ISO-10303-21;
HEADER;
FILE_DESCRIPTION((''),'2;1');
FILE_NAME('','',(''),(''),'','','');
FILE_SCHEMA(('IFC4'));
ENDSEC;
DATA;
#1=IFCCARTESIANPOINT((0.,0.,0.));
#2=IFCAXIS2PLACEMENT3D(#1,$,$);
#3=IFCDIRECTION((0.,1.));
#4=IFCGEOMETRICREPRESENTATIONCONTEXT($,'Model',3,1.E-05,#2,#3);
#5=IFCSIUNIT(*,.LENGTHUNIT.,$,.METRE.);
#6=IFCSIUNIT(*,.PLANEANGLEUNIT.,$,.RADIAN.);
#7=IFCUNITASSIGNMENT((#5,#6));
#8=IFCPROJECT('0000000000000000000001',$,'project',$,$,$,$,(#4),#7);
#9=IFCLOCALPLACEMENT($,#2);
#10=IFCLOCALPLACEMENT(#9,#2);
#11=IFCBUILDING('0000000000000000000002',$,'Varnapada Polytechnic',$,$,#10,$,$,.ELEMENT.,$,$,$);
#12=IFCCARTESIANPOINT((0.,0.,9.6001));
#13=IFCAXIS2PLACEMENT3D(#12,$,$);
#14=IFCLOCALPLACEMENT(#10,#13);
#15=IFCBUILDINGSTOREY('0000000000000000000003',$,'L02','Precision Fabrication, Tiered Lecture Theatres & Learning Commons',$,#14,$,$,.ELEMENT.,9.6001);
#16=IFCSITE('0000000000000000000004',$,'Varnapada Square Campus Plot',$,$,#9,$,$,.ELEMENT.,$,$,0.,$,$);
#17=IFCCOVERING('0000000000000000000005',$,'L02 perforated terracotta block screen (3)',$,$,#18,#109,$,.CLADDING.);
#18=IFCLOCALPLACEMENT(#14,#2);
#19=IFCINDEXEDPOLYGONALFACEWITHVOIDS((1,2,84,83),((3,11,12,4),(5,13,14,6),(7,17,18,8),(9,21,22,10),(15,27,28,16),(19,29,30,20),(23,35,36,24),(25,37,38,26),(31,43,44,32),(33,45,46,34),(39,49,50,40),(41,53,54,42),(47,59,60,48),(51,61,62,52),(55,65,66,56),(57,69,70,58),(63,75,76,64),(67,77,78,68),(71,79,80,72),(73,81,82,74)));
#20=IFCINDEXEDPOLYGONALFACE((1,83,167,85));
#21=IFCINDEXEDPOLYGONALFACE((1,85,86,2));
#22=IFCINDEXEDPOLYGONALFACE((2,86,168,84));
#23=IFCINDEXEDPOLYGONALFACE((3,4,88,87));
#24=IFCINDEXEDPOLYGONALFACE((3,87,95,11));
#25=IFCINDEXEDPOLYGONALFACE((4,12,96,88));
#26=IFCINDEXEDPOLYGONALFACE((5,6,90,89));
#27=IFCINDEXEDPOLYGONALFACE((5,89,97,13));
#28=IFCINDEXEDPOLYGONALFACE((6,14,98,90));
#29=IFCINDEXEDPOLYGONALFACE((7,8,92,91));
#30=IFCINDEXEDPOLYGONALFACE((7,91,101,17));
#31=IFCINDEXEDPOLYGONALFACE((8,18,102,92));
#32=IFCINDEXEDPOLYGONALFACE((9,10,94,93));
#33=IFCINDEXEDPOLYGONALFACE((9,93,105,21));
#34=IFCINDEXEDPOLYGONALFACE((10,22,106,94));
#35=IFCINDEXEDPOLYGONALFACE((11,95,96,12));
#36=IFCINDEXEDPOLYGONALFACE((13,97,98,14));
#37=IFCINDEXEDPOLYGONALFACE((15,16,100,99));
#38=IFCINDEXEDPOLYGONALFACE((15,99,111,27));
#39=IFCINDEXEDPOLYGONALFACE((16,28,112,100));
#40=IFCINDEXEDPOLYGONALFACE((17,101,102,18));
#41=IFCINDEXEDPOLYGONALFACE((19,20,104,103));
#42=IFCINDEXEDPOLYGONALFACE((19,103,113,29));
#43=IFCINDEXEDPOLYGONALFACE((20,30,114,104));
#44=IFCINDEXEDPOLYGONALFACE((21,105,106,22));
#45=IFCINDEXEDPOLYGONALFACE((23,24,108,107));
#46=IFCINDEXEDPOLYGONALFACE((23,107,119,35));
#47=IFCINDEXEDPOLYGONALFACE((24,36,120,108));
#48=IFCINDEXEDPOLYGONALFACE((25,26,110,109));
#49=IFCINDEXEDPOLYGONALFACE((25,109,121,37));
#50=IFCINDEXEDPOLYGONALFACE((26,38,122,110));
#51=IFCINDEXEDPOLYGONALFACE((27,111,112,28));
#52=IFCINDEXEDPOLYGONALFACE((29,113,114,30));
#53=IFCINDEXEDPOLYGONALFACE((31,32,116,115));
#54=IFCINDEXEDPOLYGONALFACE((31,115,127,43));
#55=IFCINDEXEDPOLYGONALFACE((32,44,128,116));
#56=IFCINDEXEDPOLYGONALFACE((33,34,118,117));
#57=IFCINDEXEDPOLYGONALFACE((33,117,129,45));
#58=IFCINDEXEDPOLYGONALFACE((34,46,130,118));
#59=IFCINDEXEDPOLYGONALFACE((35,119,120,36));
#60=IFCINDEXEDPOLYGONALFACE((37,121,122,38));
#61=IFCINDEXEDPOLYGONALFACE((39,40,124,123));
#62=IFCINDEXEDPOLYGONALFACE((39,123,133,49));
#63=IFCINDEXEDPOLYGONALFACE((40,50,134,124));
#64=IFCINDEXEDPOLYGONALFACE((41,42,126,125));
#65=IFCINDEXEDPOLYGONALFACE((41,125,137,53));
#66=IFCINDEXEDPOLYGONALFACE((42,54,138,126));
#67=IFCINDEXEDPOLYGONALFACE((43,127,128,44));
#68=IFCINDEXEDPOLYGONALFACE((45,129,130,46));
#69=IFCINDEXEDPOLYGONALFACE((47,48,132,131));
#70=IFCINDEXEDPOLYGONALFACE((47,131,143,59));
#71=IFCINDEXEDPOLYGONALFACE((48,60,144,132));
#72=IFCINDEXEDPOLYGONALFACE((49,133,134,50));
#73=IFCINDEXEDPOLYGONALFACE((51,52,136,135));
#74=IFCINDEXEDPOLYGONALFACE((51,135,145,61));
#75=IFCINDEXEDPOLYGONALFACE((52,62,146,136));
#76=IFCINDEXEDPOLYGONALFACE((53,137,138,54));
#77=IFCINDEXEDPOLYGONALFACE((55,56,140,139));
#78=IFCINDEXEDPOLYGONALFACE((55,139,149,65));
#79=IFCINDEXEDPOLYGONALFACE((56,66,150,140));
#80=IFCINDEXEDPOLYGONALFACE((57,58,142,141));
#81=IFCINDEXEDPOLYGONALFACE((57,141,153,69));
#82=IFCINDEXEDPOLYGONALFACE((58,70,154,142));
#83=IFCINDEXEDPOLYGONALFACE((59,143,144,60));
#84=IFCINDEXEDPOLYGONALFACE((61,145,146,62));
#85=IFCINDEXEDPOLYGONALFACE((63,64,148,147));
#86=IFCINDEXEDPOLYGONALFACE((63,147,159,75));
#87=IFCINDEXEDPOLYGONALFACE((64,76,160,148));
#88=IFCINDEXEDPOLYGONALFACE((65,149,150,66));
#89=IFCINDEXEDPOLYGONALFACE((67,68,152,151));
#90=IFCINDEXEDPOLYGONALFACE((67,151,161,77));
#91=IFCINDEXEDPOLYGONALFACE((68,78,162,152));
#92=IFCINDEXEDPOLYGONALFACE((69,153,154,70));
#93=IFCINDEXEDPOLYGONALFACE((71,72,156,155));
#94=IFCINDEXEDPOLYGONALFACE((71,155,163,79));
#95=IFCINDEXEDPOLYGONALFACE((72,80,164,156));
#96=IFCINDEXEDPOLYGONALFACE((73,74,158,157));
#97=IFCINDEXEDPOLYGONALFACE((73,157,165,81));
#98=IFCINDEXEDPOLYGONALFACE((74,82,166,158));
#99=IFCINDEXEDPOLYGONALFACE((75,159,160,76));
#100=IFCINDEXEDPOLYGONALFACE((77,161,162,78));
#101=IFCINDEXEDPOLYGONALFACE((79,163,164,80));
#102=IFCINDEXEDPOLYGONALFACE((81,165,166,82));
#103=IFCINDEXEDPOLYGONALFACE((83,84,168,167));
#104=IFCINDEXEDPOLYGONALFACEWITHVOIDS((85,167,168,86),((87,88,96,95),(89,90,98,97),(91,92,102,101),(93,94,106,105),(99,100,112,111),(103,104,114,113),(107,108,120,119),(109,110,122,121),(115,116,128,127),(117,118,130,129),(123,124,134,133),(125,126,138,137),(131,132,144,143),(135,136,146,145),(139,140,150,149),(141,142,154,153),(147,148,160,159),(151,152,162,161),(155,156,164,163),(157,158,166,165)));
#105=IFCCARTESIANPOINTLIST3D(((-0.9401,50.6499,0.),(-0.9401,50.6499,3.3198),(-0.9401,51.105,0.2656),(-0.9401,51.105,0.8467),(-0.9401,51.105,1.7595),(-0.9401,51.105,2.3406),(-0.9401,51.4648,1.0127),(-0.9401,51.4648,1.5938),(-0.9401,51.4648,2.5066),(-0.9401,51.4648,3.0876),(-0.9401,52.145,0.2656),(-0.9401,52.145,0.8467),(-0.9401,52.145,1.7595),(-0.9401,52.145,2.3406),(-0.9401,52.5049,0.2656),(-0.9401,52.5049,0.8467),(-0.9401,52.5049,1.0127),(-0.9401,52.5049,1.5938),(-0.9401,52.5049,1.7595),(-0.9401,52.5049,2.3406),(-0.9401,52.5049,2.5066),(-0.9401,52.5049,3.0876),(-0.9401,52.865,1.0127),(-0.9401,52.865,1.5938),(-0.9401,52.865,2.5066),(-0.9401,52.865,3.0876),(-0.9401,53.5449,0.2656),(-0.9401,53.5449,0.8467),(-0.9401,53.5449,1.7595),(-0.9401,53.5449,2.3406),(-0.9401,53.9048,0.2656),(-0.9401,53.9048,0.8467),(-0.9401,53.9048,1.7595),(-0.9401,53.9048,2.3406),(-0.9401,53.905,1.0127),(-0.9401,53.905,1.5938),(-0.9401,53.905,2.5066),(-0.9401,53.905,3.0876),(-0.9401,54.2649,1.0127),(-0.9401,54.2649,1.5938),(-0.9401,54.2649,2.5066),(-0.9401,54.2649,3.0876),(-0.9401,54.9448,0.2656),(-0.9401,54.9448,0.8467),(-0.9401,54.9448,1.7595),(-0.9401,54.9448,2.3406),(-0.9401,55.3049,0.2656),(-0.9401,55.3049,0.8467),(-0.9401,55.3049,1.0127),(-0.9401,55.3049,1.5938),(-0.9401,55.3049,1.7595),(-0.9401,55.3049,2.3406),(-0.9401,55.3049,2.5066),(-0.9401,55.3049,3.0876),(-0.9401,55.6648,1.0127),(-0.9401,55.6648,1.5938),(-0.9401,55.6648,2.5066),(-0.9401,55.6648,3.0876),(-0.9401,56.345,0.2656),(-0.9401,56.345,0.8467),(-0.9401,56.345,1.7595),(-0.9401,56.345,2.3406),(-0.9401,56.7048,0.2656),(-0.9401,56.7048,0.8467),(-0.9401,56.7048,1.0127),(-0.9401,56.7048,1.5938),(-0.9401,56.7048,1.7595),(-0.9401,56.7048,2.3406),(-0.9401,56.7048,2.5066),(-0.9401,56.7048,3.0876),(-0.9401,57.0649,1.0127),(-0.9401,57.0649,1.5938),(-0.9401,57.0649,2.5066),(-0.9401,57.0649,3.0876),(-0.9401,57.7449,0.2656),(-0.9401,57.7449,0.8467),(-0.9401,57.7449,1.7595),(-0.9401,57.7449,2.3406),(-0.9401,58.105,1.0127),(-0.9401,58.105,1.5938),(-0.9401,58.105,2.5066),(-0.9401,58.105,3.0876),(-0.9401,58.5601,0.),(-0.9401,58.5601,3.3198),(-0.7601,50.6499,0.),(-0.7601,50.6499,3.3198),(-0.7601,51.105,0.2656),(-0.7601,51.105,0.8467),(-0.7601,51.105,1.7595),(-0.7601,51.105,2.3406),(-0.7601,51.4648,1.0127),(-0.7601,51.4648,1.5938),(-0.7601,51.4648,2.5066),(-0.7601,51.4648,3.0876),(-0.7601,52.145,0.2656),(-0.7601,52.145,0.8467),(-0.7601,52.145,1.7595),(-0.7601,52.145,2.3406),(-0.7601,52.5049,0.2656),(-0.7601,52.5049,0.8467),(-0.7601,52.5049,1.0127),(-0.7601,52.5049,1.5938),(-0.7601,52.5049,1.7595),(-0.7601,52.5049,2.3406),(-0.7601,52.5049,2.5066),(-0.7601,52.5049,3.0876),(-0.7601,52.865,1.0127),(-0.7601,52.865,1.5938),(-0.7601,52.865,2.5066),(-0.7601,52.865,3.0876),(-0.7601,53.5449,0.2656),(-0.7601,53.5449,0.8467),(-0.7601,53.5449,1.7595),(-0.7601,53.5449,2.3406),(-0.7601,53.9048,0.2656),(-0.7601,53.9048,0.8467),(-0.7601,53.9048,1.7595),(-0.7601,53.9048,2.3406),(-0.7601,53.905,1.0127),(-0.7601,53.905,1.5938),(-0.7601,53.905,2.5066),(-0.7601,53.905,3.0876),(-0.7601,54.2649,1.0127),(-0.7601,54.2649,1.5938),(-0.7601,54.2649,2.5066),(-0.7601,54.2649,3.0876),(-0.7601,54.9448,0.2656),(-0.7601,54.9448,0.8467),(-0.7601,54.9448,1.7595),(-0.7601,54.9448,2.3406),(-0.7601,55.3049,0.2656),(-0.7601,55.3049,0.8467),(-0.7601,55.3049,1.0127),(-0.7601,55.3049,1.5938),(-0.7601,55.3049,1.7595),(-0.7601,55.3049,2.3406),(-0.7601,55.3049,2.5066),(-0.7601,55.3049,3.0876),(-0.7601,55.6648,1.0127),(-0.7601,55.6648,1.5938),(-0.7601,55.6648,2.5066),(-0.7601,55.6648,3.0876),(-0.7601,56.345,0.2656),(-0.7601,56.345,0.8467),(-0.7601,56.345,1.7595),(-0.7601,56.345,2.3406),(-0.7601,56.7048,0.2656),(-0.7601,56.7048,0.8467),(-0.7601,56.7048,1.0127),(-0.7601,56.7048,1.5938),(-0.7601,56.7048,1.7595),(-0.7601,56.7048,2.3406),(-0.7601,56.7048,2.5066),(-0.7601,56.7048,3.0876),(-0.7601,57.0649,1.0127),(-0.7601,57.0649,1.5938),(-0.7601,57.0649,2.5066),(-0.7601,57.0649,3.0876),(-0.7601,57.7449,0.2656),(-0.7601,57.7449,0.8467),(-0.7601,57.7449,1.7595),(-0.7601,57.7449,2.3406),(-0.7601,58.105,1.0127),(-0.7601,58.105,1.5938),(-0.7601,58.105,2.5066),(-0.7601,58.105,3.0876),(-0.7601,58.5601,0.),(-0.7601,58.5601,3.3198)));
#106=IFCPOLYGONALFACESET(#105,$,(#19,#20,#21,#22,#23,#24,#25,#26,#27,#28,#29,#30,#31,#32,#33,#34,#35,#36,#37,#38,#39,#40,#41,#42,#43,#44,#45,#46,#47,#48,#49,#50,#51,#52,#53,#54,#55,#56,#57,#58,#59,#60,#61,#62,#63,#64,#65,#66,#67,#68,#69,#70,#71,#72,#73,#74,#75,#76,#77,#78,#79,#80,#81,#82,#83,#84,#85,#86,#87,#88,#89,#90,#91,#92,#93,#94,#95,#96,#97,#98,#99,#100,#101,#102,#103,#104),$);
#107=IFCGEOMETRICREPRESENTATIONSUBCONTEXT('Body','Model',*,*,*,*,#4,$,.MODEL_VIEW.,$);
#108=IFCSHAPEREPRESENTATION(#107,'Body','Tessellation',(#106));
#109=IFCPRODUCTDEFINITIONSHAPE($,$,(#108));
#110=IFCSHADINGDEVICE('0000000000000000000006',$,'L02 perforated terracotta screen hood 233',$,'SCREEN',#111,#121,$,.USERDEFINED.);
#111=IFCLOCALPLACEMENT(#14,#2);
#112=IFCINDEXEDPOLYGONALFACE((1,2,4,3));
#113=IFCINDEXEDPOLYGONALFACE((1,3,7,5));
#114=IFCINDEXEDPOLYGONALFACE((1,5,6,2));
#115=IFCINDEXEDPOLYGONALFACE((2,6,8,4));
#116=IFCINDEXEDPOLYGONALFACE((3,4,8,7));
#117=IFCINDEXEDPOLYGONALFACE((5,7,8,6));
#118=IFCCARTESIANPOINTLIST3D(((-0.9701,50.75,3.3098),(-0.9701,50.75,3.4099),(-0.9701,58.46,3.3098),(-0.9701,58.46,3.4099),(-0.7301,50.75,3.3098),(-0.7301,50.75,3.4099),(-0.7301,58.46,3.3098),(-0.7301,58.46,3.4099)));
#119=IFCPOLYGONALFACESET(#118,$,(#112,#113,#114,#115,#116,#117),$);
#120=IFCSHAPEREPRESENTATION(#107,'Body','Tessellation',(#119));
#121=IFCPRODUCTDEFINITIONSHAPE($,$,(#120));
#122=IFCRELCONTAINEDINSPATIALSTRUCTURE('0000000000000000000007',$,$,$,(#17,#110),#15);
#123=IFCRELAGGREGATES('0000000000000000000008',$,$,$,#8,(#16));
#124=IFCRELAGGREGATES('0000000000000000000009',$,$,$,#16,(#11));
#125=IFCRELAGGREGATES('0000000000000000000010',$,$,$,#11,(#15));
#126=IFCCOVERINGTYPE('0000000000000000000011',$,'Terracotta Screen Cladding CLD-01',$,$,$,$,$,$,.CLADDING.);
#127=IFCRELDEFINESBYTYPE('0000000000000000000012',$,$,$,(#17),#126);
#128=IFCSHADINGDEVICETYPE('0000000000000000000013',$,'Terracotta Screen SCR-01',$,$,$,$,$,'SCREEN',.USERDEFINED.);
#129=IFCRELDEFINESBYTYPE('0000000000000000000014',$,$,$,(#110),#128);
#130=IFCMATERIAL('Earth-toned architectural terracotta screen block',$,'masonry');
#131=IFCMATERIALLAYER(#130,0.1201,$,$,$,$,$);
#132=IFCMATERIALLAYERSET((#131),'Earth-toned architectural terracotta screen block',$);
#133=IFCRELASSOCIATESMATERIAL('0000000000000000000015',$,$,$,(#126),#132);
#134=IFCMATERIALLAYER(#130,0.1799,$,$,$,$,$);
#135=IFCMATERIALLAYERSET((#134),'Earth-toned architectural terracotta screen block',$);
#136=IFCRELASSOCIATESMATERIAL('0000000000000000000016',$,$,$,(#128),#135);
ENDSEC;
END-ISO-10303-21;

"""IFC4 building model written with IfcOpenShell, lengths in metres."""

from ifc_helpers import new_model, si_unit, direction, frame, frame_2d, origin, origin_2d, place, context, subcontext, project, spatial, rectangle, extrude, material, layer, layer_set, type_object, element, save


model = new_model("IFC4")

# Units and contexts
model_context = context("Model", 3, precision=1e-05, world=origin(), true_north=direction((0.0, 1.0)))
body_context = subcontext(model_context, "Body", "Model", "MODEL_VIEW")
ifc_project = project(units=[si_unit("LENGTHUNIT", "METRE"), si_unit("PLANEANGLEUNIT", "RADIAN")], contexts=[model_context])

# Site, building, storey
site_placement = place(None, origin())
site = spatial("IfcSite", under=ifc_project, at=site_placement, Name="Varnapada Square Campus Plot", CompositionType="ELEMENT", RefElevation=0.0)
building_placement = place(site_placement, origin())
building = spatial("IfcBuilding", under=site, at=building_placement, Name="Varnapada Polytechnic", CompositionType="ELEMENT")
storey_placement = place(building_placement, frame((0.0, 0.0, 9.6001)))
storey = spatial("IfcBuildingStorey", under=building, at=storey_placement, Name="L02", Description="Precision Fabrication, Tiered Lecture Theatres & Learning Commons", CompositionType="ELEMENT", Elevation=9.6001)

# Covering, openings
ifc_material_1 = material(Name="Earth-toned architectural terracotta screen block", Category="masonry")
ifc_layer_1 = layer(ifc_material_1, 0.1201)
ifc_layer_set_1 = layer_set([ifc_layer_1], Name="Earth-toned architectural terracotta screen block")
covering_type = type_object("IfcCoveringType", Name="Terracotta Screen Cladding CLD-01", PredefinedType="CLADDING", material=ifc_layer_set_1)
covering_placement = place(storey_placement, frame((-0.8501, 50.6499, 0.0), z_axis=(0.0, 0.0, 1.0), x_axis=(0.0, 1.0, 0.0)))
covering = element("IfcCovering", 1, at=covering_placement, inside=storey, type_object=covering_type, Name="L02 perforated terracotta block screen (3)", PredefinedType="CLADDING", context=body_context, shape_type="SweptSolid", body=[
    extrude(rectangle(XDim=7.9102, YDim=0.1799, at=frame_2d((3.9551, 0.0))), origin(), (0.0, 0.0, 1.0), 3.3198),
])
opening_1_placement = place(covering_placement, frame((0.4551, 0.0, 0.2656)))
element("IfcOpeningElement", 2, at=opening_1_placement, cuts=covering, PredefinedType="OPENING", context=body_context, shape_type="SweptSolid", body=[
    extrude(rectangle(XDim=1.04, YDim=0.5811, at=frame_2d((0.52, 0.2905))), frame((0.0, 0.0999, 0.0), z_axis=(0.0, -1.0, 0.0), x_axis=(1.0, 0.0, 0.0)), (0.0, 0.0, 1.0), 0.2),
])
opening_2_placement = place(covering_placement, frame((1.855, 0.0, 0.2656)))
element("IfcOpeningElement", 3, at=opening_2_placement, cuts=covering, PredefinedType="OPENING", context=body_context, shape_type="SweptSolid", body=[
    extrude(rectangle(XDim=1.04, YDim=0.5811, at=frame_2d((0.52, 0.2905))), frame((0.0, 0.0999, 0.0), z_axis=(0.0, -1.0, 0.0), x_axis=(1.0, 0.0, 0.0)), (0.0, 0.0, 1.0), 0.2),
])
opening_3_placement = place(covering_placement, frame((3.2549, 0.0, 0.2656)))
element("IfcOpeningElement", 4, at=opening_3_placement, cuts=covering, PredefinedType="OPENING", context=body_context, shape_type="SweptSolid", body=[
    extrude(rectangle(XDim=1.04, YDim=0.5811, at=frame_2d((0.52, 0.2905))), frame((0.0, 0.0999, 0.0), z_axis=(0.0, -1.0, 0.0), x_axis=(1.0, 0.0, 0.0)), (0.0, 0.0, 1.0), 0.2),
])
opening_4_placement = place(covering_placement, frame((4.655, 0.0, 0.2656)))
element("IfcOpeningElement", 5, at=opening_4_placement, cuts=covering, PredefinedType="OPENING", context=body_context, shape_type="SweptSolid", body=[
    extrude(rectangle(XDim=1.04, YDim=0.5811, at=frame_2d((0.52, 0.2905))), frame((0.0, 0.0999, 0.0), z_axis=(0.0, -1.0, 0.0), x_axis=(1.0, 0.0, 0.0)), (0.0, 0.0, 1.0), 0.2),
])
opening_5_placement = place(covering_placement, frame((6.0549, 0.0, 0.2656)))
element("IfcOpeningElement", 6, at=opening_5_placement, cuts=covering, PredefinedType="OPENING", context=body_context, shape_type="SweptSolid", body=[
    extrude(rectangle(XDim=1.04, YDim=0.5811, at=frame_2d((0.52, 0.2905))), frame((0.0, 0.0999, 0.0), z_axis=(0.0, -1.0, 0.0), x_axis=(1.0, 0.0, 0.0)), (0.0, 0.0, 1.0), 0.2),
])
opening_6_placement = place(covering_placement, frame((0.8149, 0.0, 1.0127)))
element("IfcOpeningElement", 7, at=opening_6_placement, cuts=covering, PredefinedType="OPENING", context=body_context, shape_type="SweptSolid", body=[
    extrude(rectangle(XDim=1.04, YDim=0.5811, at=frame_2d((0.52, 0.2905))), frame((0.0, 0.0999, 0.0), z_axis=(0.0, -1.0, 0.0), x_axis=(1.0, 0.0, 0.0)), (0.0, 0.0, 1.0), 0.2),
])
opening_7_placement = place(covering_placement, frame((2.2151, 0.0, 1.0127)))
element("IfcOpeningElement", 8, at=opening_7_placement, cuts=covering, PredefinedType="OPENING", context=body_context, shape_type="SweptSolid", body=[
    extrude(rectangle(XDim=1.04, YDim=0.5811, at=frame_2d((0.52, 0.2905))), frame((0.0, 0.0999, 0.0), z_axis=(0.0, -1.0, 0.0), x_axis=(1.0, 0.0, 0.0)), (0.0, 0.0, 1.0), 0.2),
])
opening_8_placement = place(covering_placement, frame((3.615, 0.0, 1.0127)))
element("IfcOpeningElement", 9, at=opening_8_placement, cuts=covering, PredefinedType="OPENING", context=body_context, shape_type="SweptSolid", body=[
    extrude(rectangle(XDim=1.04, YDim=0.5811, at=frame_2d((0.52, 0.2905))), frame((0.0, 0.0999, 0.0), z_axis=(0.0, -1.0, 0.0), x_axis=(1.0, 0.0, 0.0)), (0.0, 0.0, 1.0), 0.2),
])
opening_9_placement = place(covering_placement, frame((5.0149, 0.0, 1.0127)))
element("IfcOpeningElement", 10, at=opening_9_placement, cuts=covering, PredefinedType="OPENING", context=body_context, shape_type="SweptSolid", body=[
    extrude(rectangle(XDim=1.04, YDim=0.5811, at=frame_2d((0.52, 0.2905))), frame((0.0, 0.0999, 0.0), z_axis=(0.0, -1.0, 0.0), x_axis=(1.0, 0.0, 0.0)), (0.0, 0.0, 1.0), 0.2),
])
opening_10_placement = place(covering_placement, frame((6.415, 0.0, 1.0127)))
element("IfcOpeningElement", 11, at=opening_10_placement, cuts=covering, PredefinedType="OPENING", context=body_context, shape_type="SweptSolid", body=[
    extrude(rectangle(XDim=1.04, YDim=0.5811, at=frame_2d((0.52, 0.2905))), frame((0.0, 0.0999, 0.0), z_axis=(0.0, -1.0, 0.0), x_axis=(1.0, 0.0, 0.0)), (0.0, 0.0, 1.0), 0.2),
])
opening_11_placement = place(covering_placement, frame((0.4551, 0.0, 1.7595)))
element("IfcOpeningElement", 12, at=opening_11_placement, cuts=covering, PredefinedType="OPENING", context=body_context, shape_type="SweptSolid", body=[
    extrude(rectangle(XDim=1.04, YDim=0.5811, at=frame_2d((0.52, 0.2905))), frame((0.0, 0.0999, 0.0), z_axis=(0.0, -1.0, 0.0), x_axis=(1.0, 0.0, 0.0)), (0.0, 0.0, 1.0), 0.2),
])
opening_12_placement = place(covering_placement, frame((1.855, 0.0, 1.7595)))
element("IfcOpeningElement", 13, at=opening_12_placement, cuts=covering, PredefinedType="OPENING", context=body_context, shape_type="SweptSolid", body=[
    extrude(rectangle(XDim=1.04, YDim=0.5811, at=frame_2d((0.52, 0.2905))), frame((0.0, 0.0999, 0.0), z_axis=(0.0, -1.0, 0.0), x_axis=(1.0, 0.0, 0.0)), (0.0, 0.0, 1.0), 0.2),
])
opening_13_placement = place(covering_placement, frame((3.2549, 0.0, 1.7595)))
element("IfcOpeningElement", 14, at=opening_13_placement, cuts=covering, PredefinedType="OPENING", context=body_context, shape_type="SweptSolid", body=[
    extrude(rectangle(XDim=1.04, YDim=0.5811, at=frame_2d((0.52, 0.2905))), frame((0.0, 0.0999, 0.0), z_axis=(0.0, -1.0, 0.0), x_axis=(1.0, 0.0, 0.0)), (0.0, 0.0, 1.0), 0.2),
])
opening_14_placement = place(covering_placement, frame((4.655, 0.0, 1.7595)))
element("IfcOpeningElement", 15, at=opening_14_placement, cuts=covering, PredefinedType="OPENING", context=body_context, shape_type="SweptSolid", body=[
    extrude(rectangle(XDim=1.04, YDim=0.5811, at=frame_2d((0.52, 0.2905))), frame((0.0, 0.0999, 0.0), z_axis=(0.0, -1.0, 0.0), x_axis=(1.0, 0.0, 0.0)), (0.0, 0.0, 1.0), 0.2),
])
opening_15_placement = place(covering_placement, frame((6.0549, 0.0, 1.7595)))
element("IfcOpeningElement", 16, at=opening_15_placement, cuts=covering, PredefinedType="OPENING", context=body_context, shape_type="SweptSolid", body=[
    extrude(rectangle(XDim=1.04, YDim=0.5811, at=frame_2d((0.52, 0.2905))), frame((0.0, 0.0999, 0.0), z_axis=(0.0, -1.0, 0.0), x_axis=(1.0, 0.0, 0.0)), (0.0, 0.0, 1.0), 0.2),
])
opening_16_placement = place(covering_placement, frame((0.8149, 0.0, 2.5066)))
element("IfcOpeningElement", 17, at=opening_16_placement, cuts=covering, PredefinedType="OPENING", context=body_context, shape_type="SweptSolid", body=[
    extrude(rectangle(XDim=1.04, YDim=0.5811, at=frame_2d((0.52, 0.2905))), frame((0.0, 0.0999, 0.0), z_axis=(0.0, -1.0, 0.0), x_axis=(1.0, 0.0, 0.0)), (0.0, 0.0, 1.0), 0.2),
])
opening_17_placement = place(covering_placement, frame((2.2151, 0.0, 2.5066)))
element("IfcOpeningElement", 18, at=opening_17_placement, cuts=covering, PredefinedType="OPENING", context=body_context, shape_type="SweptSolid", body=[
    extrude(rectangle(XDim=1.04, YDim=0.5811, at=frame_2d((0.52, 0.2905))), frame((0.0, 0.0999, 0.0), z_axis=(0.0, -1.0, 0.0), x_axis=(1.0, 0.0, 0.0)), (0.0, 0.0, 1.0), 0.2),
])
opening_18_placement = place(covering_placement, frame((3.615, 0.0, 2.5066)))
element("IfcOpeningElement", 19, at=opening_18_placement, cuts=covering, PredefinedType="OPENING", context=body_context, shape_type="SweptSolid", body=[
    extrude(rectangle(XDim=1.04, YDim=0.5811, at=frame_2d((0.52, 0.2905))), frame((0.0, 0.0999, 0.0), z_axis=(0.0, -1.0, 0.0), x_axis=(1.0, 0.0, 0.0)), (0.0, 0.0, 1.0), 0.2),
])
opening_19_placement = place(covering_placement, frame((5.0149, 0.0, 2.5066)))
element("IfcOpeningElement", 20, at=opening_19_placement, cuts=covering, PredefinedType="OPENING", context=body_context, shape_type="SweptSolid", body=[
    extrude(rectangle(XDim=1.04, YDim=0.5811, at=frame_2d((0.52, 0.2905))), frame((0.0, 0.0999, 0.0), z_axis=(0.0, -1.0, 0.0), x_axis=(1.0, 0.0, 0.0)), (0.0, 0.0, 1.0), 0.2),
])
opening_20_placement = place(covering_placement, frame((6.415, 0.0, 2.5066)))
element("IfcOpeningElement", 21, at=opening_20_placement, cuts=covering, PredefinedType="OPENING", context=body_context, shape_type="SweptSolid", body=[
    extrude(rectangle(XDim=1.04, YDim=0.5811, at=frame_2d((0.52, 0.2905))), frame((0.0, 0.0999, 0.0), z_axis=(0.0, -1.0, 0.0), x_axis=(1.0, 0.0, 0.0)), (0.0, 0.0, 1.0), 0.2),
])

# Shading device
ifc_layer_2 = layer(ifc_material_1, 0.1799)
ifc_layer_set_2 = layer_set([ifc_layer_2], Name="Earth-toned architectural terracotta screen block")
shading_device_type = type_object("IfcShadingDeviceType", Name="Terracotta Screen SCR-01", ElementType="SCREEN", PredefinedType="USERDEFINED", material=ifc_layer_set_2)
shading_device_placement = place(storey_placement, frame((-0.8501, 54.605, 3.3098), z_axis=(0.0, 0.0, 1.0), x_axis=(0.0, 1.0, 0.0)))
element("IfcShadingDevice", 22, at=shading_device_placement, inside=storey, type_object=shading_device_type, Name="L02 perforated terracotta screen hood 233", ObjectType="SCREEN", PredefinedType="USERDEFINED", context=body_context, shape_type="SweptSolid", body=[
    extrude(rectangle(XDim=7.71, YDim=0.24, at=origin_2d()), origin(), (0.0, 0.0, 1.0), 0.1001),
])

save(model, "model.ifc")
